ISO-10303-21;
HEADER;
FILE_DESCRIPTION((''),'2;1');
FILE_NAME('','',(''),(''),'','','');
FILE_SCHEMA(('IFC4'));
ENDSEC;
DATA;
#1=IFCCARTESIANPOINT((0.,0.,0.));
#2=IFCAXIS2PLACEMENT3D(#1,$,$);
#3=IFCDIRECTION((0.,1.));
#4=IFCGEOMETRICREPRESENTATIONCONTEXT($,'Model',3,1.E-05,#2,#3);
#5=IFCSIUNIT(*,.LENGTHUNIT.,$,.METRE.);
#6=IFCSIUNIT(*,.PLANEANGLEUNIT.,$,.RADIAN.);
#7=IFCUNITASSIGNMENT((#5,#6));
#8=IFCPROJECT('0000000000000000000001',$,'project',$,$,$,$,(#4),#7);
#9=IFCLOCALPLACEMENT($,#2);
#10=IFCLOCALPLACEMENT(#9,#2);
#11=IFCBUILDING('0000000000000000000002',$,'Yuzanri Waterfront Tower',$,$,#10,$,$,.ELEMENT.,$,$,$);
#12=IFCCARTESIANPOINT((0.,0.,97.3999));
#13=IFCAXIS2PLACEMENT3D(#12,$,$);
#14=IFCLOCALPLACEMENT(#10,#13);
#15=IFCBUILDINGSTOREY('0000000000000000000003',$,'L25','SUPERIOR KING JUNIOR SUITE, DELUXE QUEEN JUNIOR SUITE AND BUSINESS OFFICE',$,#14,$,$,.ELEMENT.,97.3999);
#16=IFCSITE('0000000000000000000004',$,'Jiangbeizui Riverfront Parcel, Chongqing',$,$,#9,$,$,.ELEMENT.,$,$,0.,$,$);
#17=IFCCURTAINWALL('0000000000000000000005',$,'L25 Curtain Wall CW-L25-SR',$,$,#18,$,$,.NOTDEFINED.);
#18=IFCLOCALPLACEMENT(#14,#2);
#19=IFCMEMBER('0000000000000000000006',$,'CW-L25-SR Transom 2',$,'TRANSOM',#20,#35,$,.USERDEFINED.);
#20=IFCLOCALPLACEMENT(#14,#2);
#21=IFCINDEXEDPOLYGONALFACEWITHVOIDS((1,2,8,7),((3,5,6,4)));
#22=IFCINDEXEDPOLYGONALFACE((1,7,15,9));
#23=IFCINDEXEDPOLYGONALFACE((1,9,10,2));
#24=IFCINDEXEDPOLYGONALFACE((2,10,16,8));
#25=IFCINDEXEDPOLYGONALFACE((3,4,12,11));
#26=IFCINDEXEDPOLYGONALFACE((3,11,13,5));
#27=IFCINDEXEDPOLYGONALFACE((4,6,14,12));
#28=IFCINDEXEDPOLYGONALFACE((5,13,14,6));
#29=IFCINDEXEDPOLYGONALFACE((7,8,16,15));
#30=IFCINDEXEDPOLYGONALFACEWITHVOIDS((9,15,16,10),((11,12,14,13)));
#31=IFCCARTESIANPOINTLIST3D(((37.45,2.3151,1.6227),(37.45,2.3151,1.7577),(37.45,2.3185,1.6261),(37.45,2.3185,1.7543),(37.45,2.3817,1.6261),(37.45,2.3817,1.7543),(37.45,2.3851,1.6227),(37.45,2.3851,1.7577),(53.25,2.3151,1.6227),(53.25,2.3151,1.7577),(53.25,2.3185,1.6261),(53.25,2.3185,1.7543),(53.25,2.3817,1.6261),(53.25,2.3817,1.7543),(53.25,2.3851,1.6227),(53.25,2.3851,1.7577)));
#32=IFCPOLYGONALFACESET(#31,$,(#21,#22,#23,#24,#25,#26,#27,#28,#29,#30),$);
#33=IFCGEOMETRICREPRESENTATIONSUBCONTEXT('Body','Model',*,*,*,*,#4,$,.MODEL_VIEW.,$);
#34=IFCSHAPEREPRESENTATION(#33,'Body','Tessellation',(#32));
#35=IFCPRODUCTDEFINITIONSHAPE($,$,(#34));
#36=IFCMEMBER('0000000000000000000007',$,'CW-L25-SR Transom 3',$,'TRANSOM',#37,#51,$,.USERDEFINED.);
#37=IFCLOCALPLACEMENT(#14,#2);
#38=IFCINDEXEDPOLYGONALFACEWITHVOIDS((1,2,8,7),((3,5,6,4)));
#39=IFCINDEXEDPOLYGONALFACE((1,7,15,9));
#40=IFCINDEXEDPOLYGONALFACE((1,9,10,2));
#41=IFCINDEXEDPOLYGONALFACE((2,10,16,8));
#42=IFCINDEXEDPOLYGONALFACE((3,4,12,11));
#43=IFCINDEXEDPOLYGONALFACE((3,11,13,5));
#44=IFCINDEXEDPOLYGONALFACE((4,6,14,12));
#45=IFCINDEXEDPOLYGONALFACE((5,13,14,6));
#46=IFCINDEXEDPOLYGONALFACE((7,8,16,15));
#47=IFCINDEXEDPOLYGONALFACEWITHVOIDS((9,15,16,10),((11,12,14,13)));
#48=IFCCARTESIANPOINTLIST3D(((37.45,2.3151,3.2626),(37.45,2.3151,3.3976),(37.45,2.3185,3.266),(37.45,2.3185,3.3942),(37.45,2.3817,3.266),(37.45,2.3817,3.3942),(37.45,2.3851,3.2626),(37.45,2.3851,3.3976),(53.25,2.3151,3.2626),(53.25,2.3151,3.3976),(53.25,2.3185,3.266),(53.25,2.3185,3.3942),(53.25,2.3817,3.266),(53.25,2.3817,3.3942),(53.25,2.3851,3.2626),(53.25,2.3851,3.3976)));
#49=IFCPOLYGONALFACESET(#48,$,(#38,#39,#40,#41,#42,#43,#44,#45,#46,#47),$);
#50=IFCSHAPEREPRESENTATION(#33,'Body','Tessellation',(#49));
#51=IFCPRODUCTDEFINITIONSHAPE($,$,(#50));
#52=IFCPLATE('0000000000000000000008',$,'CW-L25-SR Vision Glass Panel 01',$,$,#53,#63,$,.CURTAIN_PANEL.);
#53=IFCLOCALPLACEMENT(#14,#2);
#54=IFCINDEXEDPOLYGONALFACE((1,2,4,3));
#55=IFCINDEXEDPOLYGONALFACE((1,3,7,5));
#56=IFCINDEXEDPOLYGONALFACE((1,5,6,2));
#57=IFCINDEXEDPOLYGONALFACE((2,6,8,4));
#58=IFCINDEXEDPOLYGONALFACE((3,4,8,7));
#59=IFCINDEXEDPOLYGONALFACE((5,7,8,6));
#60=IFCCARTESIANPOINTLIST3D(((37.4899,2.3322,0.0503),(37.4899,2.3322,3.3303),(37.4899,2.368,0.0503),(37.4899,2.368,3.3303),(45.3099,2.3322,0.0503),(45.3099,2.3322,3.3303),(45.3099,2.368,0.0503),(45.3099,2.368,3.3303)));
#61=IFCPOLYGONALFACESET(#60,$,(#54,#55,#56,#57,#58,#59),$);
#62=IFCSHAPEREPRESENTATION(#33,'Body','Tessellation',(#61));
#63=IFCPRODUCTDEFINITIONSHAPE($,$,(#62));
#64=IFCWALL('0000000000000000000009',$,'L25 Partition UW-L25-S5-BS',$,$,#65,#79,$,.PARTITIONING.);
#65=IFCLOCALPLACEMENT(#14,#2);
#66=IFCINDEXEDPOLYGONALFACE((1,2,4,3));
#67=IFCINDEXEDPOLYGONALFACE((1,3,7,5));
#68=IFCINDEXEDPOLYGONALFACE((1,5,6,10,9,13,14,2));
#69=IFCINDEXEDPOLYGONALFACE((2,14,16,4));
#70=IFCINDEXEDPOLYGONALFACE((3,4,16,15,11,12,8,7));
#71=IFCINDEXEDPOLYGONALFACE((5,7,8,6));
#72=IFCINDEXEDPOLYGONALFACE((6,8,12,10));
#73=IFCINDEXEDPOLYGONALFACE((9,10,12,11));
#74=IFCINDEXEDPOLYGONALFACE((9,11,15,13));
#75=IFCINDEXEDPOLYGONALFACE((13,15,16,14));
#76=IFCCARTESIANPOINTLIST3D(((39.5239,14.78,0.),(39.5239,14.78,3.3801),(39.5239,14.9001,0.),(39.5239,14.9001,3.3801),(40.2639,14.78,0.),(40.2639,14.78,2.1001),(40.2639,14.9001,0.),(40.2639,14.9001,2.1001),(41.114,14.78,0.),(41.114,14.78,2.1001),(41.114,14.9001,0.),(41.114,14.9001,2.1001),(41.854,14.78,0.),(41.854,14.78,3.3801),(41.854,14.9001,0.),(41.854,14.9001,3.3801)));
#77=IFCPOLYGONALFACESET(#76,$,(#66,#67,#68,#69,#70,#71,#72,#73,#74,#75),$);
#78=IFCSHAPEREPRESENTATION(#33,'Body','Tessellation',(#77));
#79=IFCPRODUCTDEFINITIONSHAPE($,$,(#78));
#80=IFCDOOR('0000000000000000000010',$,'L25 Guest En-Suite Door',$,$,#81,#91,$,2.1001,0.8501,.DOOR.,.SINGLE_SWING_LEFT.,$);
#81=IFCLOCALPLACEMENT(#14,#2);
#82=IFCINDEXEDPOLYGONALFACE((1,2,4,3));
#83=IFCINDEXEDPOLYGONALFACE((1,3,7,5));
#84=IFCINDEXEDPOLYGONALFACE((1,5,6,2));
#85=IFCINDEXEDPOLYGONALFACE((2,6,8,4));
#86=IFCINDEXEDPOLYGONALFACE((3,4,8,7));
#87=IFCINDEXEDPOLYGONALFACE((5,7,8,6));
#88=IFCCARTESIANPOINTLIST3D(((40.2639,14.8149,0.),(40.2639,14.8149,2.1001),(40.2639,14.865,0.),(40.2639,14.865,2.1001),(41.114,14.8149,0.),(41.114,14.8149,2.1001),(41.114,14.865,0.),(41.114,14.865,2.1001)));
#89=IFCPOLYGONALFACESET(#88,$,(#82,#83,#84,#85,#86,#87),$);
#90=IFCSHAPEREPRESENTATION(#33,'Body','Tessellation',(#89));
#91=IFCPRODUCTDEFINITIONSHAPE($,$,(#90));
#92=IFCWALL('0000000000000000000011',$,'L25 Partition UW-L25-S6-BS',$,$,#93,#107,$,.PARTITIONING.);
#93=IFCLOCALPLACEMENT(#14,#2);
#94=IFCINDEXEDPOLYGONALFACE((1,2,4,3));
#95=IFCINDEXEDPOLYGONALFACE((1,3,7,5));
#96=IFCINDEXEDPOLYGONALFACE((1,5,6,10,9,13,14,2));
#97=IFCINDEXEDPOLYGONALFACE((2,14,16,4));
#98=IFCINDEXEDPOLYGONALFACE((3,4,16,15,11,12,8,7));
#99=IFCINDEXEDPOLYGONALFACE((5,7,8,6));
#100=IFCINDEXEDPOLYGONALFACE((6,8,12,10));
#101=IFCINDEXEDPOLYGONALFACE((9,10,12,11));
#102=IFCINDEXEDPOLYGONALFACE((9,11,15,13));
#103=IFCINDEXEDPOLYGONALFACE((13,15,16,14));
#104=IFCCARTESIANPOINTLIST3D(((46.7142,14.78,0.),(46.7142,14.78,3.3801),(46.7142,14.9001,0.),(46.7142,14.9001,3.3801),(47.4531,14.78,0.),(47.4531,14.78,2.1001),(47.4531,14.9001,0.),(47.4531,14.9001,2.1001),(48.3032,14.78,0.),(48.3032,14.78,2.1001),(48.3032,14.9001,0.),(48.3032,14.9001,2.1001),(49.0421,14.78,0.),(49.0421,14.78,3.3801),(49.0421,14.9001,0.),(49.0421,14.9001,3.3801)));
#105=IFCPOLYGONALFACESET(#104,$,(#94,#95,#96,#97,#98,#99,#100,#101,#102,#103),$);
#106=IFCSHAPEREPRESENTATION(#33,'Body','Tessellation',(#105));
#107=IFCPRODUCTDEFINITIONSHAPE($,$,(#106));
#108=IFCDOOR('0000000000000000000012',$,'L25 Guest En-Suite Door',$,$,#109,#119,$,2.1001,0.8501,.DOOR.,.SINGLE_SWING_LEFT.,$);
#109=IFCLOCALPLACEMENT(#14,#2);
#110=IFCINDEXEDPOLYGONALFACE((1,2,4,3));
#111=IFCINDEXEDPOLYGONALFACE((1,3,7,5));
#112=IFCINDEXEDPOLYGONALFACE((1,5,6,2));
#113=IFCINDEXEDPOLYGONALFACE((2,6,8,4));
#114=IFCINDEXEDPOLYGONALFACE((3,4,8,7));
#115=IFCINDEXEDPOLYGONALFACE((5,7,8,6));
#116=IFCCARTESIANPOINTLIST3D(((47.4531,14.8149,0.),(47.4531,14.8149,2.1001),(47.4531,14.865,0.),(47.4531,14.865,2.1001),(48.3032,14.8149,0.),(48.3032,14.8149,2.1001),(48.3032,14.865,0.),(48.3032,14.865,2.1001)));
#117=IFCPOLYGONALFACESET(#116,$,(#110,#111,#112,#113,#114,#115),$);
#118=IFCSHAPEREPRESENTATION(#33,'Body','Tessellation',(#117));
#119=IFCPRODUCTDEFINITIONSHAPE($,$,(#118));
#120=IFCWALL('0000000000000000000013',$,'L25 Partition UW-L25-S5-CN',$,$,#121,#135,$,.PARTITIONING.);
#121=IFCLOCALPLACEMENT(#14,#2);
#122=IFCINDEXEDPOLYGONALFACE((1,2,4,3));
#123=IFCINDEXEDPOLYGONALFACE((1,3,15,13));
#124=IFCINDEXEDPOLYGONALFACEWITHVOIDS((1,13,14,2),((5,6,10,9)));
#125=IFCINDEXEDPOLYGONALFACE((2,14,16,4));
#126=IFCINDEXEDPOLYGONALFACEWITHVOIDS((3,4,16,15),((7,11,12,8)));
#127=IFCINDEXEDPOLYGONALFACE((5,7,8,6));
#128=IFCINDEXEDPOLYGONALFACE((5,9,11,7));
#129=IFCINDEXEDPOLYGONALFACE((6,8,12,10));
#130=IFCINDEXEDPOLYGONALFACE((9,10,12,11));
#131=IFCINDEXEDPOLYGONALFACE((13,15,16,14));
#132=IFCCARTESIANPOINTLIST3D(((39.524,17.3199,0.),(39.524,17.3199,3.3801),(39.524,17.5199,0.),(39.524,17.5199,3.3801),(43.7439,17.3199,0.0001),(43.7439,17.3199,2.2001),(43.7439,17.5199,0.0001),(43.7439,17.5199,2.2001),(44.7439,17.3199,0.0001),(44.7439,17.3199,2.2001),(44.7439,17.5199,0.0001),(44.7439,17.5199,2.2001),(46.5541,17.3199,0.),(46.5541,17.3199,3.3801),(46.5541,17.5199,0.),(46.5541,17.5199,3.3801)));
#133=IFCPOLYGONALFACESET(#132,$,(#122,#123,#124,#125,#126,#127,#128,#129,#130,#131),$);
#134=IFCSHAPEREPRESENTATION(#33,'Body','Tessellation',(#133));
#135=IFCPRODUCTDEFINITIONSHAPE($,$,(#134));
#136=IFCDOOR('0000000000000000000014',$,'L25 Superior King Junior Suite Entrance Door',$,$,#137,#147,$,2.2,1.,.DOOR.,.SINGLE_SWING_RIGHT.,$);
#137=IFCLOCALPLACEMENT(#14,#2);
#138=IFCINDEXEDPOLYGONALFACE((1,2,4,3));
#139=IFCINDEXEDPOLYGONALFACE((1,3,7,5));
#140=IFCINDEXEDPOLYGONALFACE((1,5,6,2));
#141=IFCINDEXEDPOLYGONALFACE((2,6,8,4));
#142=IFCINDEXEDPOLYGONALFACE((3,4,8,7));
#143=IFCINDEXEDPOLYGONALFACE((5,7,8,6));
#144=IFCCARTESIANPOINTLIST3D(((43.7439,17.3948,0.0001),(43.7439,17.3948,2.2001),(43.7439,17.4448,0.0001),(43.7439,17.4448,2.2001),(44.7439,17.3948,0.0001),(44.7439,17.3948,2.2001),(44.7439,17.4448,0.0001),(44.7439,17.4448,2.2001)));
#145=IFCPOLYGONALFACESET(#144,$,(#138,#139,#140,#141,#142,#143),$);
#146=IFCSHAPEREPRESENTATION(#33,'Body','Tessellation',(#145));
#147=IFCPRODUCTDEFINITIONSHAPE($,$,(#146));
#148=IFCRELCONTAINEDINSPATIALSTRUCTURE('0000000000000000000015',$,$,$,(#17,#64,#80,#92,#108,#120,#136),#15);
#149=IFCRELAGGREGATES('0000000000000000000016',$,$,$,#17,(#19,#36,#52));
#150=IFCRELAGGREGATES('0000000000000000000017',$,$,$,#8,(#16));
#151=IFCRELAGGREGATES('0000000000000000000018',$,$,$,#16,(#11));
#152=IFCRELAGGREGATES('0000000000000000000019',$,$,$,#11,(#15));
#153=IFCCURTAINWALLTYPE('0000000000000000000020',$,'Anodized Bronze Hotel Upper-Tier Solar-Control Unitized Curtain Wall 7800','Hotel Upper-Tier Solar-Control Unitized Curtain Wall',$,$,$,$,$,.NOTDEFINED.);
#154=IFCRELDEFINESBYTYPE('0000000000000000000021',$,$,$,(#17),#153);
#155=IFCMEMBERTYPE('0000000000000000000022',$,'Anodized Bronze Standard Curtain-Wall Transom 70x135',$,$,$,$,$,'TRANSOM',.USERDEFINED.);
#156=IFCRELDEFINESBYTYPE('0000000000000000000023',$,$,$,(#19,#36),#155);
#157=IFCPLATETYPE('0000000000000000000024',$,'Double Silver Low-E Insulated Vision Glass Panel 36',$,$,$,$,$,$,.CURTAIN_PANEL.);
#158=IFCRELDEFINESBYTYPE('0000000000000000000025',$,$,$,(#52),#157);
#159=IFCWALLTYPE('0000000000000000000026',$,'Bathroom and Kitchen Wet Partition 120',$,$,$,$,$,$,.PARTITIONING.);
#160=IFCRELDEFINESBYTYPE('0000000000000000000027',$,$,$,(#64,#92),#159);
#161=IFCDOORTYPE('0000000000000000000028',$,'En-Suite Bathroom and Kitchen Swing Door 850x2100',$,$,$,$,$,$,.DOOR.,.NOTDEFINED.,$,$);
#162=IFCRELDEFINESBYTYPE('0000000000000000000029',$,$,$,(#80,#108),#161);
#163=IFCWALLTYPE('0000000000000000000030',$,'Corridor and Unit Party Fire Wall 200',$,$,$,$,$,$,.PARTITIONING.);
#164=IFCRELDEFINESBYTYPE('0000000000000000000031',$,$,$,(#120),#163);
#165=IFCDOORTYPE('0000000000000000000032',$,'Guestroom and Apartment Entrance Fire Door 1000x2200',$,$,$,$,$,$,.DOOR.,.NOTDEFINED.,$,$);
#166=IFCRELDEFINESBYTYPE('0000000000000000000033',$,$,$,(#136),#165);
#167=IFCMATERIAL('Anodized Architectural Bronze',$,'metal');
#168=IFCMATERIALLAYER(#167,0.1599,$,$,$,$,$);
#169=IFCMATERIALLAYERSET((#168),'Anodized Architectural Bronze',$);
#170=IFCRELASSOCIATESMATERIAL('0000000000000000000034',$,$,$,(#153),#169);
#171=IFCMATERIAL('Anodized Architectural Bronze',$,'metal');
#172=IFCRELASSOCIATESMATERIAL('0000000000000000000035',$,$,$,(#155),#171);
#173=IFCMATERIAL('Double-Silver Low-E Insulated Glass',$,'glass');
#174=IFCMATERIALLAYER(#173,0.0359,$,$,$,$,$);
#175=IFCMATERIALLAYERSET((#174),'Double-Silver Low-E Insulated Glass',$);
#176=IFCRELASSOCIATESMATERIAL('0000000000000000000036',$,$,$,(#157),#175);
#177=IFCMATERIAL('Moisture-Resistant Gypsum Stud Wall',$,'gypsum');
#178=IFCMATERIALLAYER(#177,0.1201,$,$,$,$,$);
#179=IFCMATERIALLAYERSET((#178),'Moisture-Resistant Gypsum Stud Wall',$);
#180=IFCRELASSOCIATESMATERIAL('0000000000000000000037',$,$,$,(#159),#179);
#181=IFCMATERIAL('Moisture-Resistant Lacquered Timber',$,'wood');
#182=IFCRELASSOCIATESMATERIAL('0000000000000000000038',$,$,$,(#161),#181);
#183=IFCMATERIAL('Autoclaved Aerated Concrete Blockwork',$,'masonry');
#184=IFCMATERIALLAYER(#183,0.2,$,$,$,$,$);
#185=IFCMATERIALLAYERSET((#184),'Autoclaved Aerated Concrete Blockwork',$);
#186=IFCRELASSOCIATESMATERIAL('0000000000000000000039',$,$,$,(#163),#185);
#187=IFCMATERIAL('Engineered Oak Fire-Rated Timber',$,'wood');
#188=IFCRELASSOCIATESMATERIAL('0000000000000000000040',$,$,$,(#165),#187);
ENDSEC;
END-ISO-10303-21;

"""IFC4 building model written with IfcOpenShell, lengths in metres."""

from ifc_helpers import new_model, si_unit, direction, frame, frame_2d, origin, origin_2d, place, context, subcontext, project, spatial, rectangle, hollow_rectangle, extrude, source, transform, mapped, material, layer, layer_set, material_profile, profile_set, type_object, element, fill, aggregate, save


model = new_model("IFC4")

# Units and contexts
model_context = context("Model", 3, precision=1e-05, world=origin(), true_north=direction((0.0, 1.0)))
body_context = subcontext(model_context, "Body", "Model", "MODEL_VIEW")
ifc_project = project(units=[si_unit("LENGTHUNIT", "METRE"), si_unit("PLANEANGLEUNIT", "RADIAN")], contexts=[model_context])

# Site, building, storey
site_placement = place(None, origin())
site = spatial("IfcSite", under=ifc_project, at=site_placement, Name="Jiangbeizui Riverfront Parcel, Chongqing", CompositionType="ELEMENT", RefElevation=0.0)
building_placement = place(site_placement, origin())
building = spatial("IfcBuilding", under=site, at=building_placement, Name="Yuzanri Waterfront Tower", CompositionType="ELEMENT")
storey_placement = place(building_placement, frame((0.0, 0.0, 97.3999)))
storey = spatial("IfcBuildingStorey", under=building, at=storey_placement, Name="L25", Description="SUPERIOR KING JUNIOR SUITE, DELUXE QUEEN JUNIOR SUITE AND BUSINESS OFFICE", CompositionType="ELEMENT", Elevation=97.3999)

# Shared definitions
ifc_material_1 = material(Name="Anodized Architectural Bronze", Category="metal")
ifc_layer_1 = layer(ifc_material_1, 0.1599)
ifc_layer_set_1 = layer_set([ifc_layer_1], Name="Anodized Architectural Bronze")
curtain_wall_type = type_object("IfcCurtainWallType", Name="Anodized Bronze Hotel Upper-Tier Solar-Control Unitized Curtain Wall 7800", Description="Hotel Upper-Tier Solar-Control Unitized Curtain Wall", PredefinedType="NOTDEFINED", material=ifc_layer_set_1)

# Curtain wall, members, plate
curtain_wall_1_placement = place(storey_placement, origin())
curtain_wall_1 = element("IfcCurtainWall", 1, at=curtain_wall_1_placement, inside=storey, type_object=curtain_wall_type, Name="L25 Curtain Wall CW-L25-SR", PredefinedType="NOTDEFINED")
ifc_material_2 = material(Name="Anodized Architectural Bronze", Category="metal")
ifc_material_profile_1 = material_profile(ifc_material_2, hollow_rectangle(XDim=0.0701, YDim=0.135, WallThickness=0.0034, at=origin_2d()), Name="CWT 70x135")
ifc_profile_set_1 = profile_set([ifc_material_profile_1], Name="Anodized Architectural Bronze")
member_type_1 = type_object("IfcMemberType", Name="Anodized Bronze Standard Curtain-Wall Transom 70x135", ElementType="TRANSOM", PredefinedType="USERDEFINED", material=ifc_profile_set_1)
shared_shape_1 = source(origin(), body_context, "Body", "SweptSolid", [
    extrude(hollow_rectangle(XDim=0.0701, YDim=0.135, WallThickness=0.0034, at=origin_2d()), origin(), (0.0, 0.0, 1.0), 15.8),
])
member_1_placement = place(storey_placement, frame((37.45, 2.3501, 1.6902), z_axis=(1.0, 0.0, 0.0), x_axis=(0.0, 1.0, 0.0)))
member_1 = element("IfcMember", 2, at=member_1_placement, type_object=member_type_1, Name="CW-L25-SR Transom 2", ObjectType="TRANSOM", PredefinedType="USERDEFINED", context=body_context, shape_type="MappedRepresentation", body=[
    mapped(shared_shape_1, transform((0.0, 0.0, 0.0), scale=1.0)),
])
member_2_placement = place(storey_placement, frame((37.45, 2.3501, 3.3301), z_axis=(1.0, 0.0, 0.0), x_axis=(0.0, 1.0, 0.0)))
member_2 = element("IfcMember", 3, at=member_2_placement, type_object=member_type_1, Name="CW-L25-SR Transom 3", ObjectType="TRANSOM", PredefinedType="USERDEFINED", context=body_context, shape_type="MappedRepresentation", body=[
    mapped(shared_shape_1, transform((0.0, 0.0, 0.0), scale=1.0)),
])
ifc_material_3 = material(Name="Double-Silver Low-E Insulated Glass", Category="glass")
ifc_layer_2 = layer(ifc_material_3, 0.0359)
ifc_layer_set_2 = layer_set([ifc_layer_2], Name="Double-Silver Low-E Insulated Glass")
plate_type = type_object("IfcPlateType", Name="Double Silver Low-E Insulated Vision Glass Panel 36", PredefinedType="CURTAIN_PANEL", material=ifc_layer_set_2)
shared_shape_2 = source(origin(), body_context, "Body", "SweptSolid", [
    extrude(rectangle(XDim=7.8201, YDim=0.0359, at=origin_2d()), origin(), (0.0, 0.0, 1.0), 3.28),
])
plate_placement = place(storey_placement, frame((41.3999, 2.3501, 0.0503), z_axis=(0.0, 0.0, 1.0), x_axis=(1.0, 0.0, 0.0)))
plate = element("IfcPlate", 4, at=plate_placement, type_object=plate_type, Name="CW-L25-SR Vision Glass Panel 01", PredefinedType="CURTAIN_PANEL", context=body_context, shape_type="MappedRepresentation", body=[
    mapped(shared_shape_2, transform((0.0, 0.0, 0.0), scale=1.0)),
])
aggregate(curtain_wall_1, [member_1, member_2, plate])

# Walls, openings, doors
ifc_material_4 = material(Name="Moisture-Resistant Gypsum Stud Wall", Category="gypsum")
ifc_layer_3 = layer(ifc_material_4, 0.1201)
ifc_layer_set_3 = layer_set([ifc_layer_3], Name="Moisture-Resistant Gypsum Stud Wall")
wall_type_1 = type_object("IfcWallType", Name="Bathroom and Kitchen Wet Partition 120", PredefinedType="PARTITIONING", material=ifc_layer_set_3)
wall_1_placement = place(storey_placement, frame((39.5239, 14.8401, 0.0), z_axis=(0.0, 0.0, 1.0), x_axis=(1.0, 0.0, 0.0)))
wall_1 = element("IfcWall", 5, at=wall_1_placement, inside=storey, type_object=wall_type_1, Name="L25 Partition UW-L25-S5-BS", PredefinedType="PARTITIONING", context=body_context, shape_type="SweptSolid", body=[
    extrude(rectangle(XDim=2.3301, YDim=0.1201, at=frame_2d((1.165, 0.0))), origin(), (0.0, 0.0, 1.0), 3.3801),
])
opening_1_placement = place(wall_1_placement, frame((0.74, 0.0, 0.0)))
opening_1 = element("IfcOpeningElement", 6, at=opening_1_placement, cuts=wall_1, PredefinedType="OPENING", context=body_context, shape_type="SweptSolid", body=[
    extrude(rectangle(XDim=0.8501, YDim=2.1001, at=frame_2d((0.425, 1.05))), frame((0.0, 0.075, 0.0), z_axis=(0.0, -1.0, 0.0), x_axis=(1.0, 0.0, 0.0)), (0.0, 0.0, 1.0), 0.1499),
])
ifc_material_5 = material(Name="Moisture-Resistant Lacquered Timber", Category="wood")
door_type_1 = type_object("IfcDoorType", Name="En-Suite Bathroom and Kitchen Swing Door 850x2100", OperationType="NOTDEFINED", PredefinedType="DOOR", material=ifc_material_5)
shared_shape_3 = source(origin(), body_context, "Body", "SweptSolid", [
    extrude(rectangle(XDim=0.8501, YDim=2.1001, at=frame_2d((0.425, 1.05))), frame((0.0, 0.0249, 0.0), z_axis=(0.0, -1.0, 0.0), x_axis=(1.0, 0.0, 0.0)), (0.0, 0.0, 1.0), 0.05),
])
door_1_placement = place(opening_1_placement, origin())
door_1 = element("IfcDoor", 7, at=door_1_placement, inside=storey, type_object=door_type_1, Name="L25 Guest En-Suite Door", OperationType="SINGLE_SWING_LEFT", OverallHeight=2.1001, OverallWidth=0.8501, PredefinedType="DOOR", context=body_context, shape_type="MappedRepresentation", body=[
    mapped(shared_shape_3, transform((0.0, 0.0, 0.0), scale=1.0)),
])
fill(opening_1, door_1)
wall_2_placement = place(storey_placement, frame((46.7141, 14.8401, 0.0), z_axis=(0.0, 0.0, 1.0), x_axis=(1.0, 0.0, 0.0)))
wall_2 = element("IfcWall", 8, at=wall_2_placement, inside=storey, type_object=wall_type_1, Name="L25 Partition UW-L25-S6-BS", PredefinedType="PARTITIONING", context=body_context, shape_type="SweptSolid", body=[
    extrude(rectangle(XDim=2.3279, YDim=0.1201, at=frame_2d((1.1641, 0.0))), origin(), (0.0, 0.0, 1.0), 3.3801),
])
opening_2_placement = place(wall_2_placement, frame((0.739, 0.0, 0.0)))
opening_2 = element("IfcOpeningElement", 9, at=opening_2_placement, cuts=wall_2, PredefinedType="OPENING", context=body_context, shape_type="SweptSolid", body=[
    extrude(rectangle(XDim=0.8501, YDim=2.1001, at=frame_2d((0.425, 1.05))), frame((0.0, 0.075, 0.0), z_axis=(0.0, -1.0, 0.0), x_axis=(1.0, 0.0, 0.0)), (0.0, 0.0, 1.0), 0.1499),
])
door_2_placement = place(opening_2_placement, origin())
door_2 = element("IfcDoor", 10, at=door_2_placement, inside=storey, type_object=door_type_1, Name="L25 Guest En-Suite Door", OperationType="SINGLE_SWING_LEFT", OverallHeight=2.1001, OverallWidth=0.8501, PredefinedType="DOOR", context=body_context, shape_type="MappedRepresentation", body=[
    mapped(shared_shape_3, transform((0.0, 0.0, 0.0), scale=1.0)),
])
fill(opening_2, door_2)
ifc_material_6 = material(Name="Autoclaved Aerated Concrete Blockwork", Category="masonry")
ifc_layer_4 = layer(ifc_material_6, 0.2)
ifc_layer_set_4 = layer_set([ifc_layer_4], Name="Autoclaved Aerated Concrete Blockwork")
wall_type_2 = type_object("IfcWallType", Name="Corridor and Unit Party Fire Wall 200", PredefinedType="PARTITIONING", material=ifc_layer_set_4)
wall_3_placement = place(storey_placement, frame((39.5239, 17.4199, 0.0), z_axis=(0.0, 0.0, 1.0), x_axis=(1.0, 0.0, 0.0)))
wall_3 = element("IfcWall", 11, at=wall_3_placement, inside=storey, type_object=wall_type_2, Name="L25 Partition UW-L25-S5-CN", PredefinedType="PARTITIONING", context=body_context, shape_type="SweptSolid", body=[
    extrude(rectangle(XDim=7.03, YDim=0.2, at=frame_2d((3.5151, 0.0))), origin(), (0.0, 0.0, 1.0), 3.3801),
])
opening_3_placement = place(wall_3_placement, frame((4.22, 0.0, 0.0)))
opening_3 = element("IfcOpeningElement", 12, at=opening_3_placement, cuts=wall_3, PredefinedType="OPENING", context=body_context, shape_type="SweptSolid", body=[
    extrude(rectangle(XDim=1.0, YDim=2.2, at=frame_2d((0.5, 1.1001))), frame((0.0, 0.1147, 0.0), z_axis=(0.0, -1.0, 0.0), x_axis=(1.0, 0.0, 0.0)), (0.0, 0.0, 1.0), 0.2297),
])
ifc_material_7 = material(Name="Engineered Oak Fire-Rated Timber", Category="wood")
door_type_2 = type_object("IfcDoorType", Name="Guestroom and Apartment Entrance Fire Door 1000x2200", OperationType="NOTDEFINED", PredefinedType="DOOR", material=ifc_material_7)
shared_shape_4 = source(origin(), body_context, "Body", "SweptSolid", [
    extrude(rectangle(XDim=1.0, YDim=2.2, at=frame_2d((0.5, 1.1001))), frame((0.0, 0.0249, 0.0), z_axis=(0.0, -1.0, 0.0), x_axis=(1.0, 0.0, 0.0)), (0.0, 0.0, 1.0), 0.05),
])
door_3_placement = place(opening_3_placement, origin())
door_3 = element("IfcDoor", 13, at=door_3_placement, inside=storey, type_object=door_type_2, Name="L25 Superior King Junior Suite Entrance Door", OperationType="SINGLE_SWING_RIGHT", OverallHeight=2.2, OverallWidth=1.0, PredefinedType="DOOR", context=body_context, shape_type="MappedRepresentation", body=[
    mapped(shared_shape_4, transform((0.0, 0.0, 0.0), scale=1.0)),
])
fill(opening_3, door_3)

save(model, "model.ifc")
